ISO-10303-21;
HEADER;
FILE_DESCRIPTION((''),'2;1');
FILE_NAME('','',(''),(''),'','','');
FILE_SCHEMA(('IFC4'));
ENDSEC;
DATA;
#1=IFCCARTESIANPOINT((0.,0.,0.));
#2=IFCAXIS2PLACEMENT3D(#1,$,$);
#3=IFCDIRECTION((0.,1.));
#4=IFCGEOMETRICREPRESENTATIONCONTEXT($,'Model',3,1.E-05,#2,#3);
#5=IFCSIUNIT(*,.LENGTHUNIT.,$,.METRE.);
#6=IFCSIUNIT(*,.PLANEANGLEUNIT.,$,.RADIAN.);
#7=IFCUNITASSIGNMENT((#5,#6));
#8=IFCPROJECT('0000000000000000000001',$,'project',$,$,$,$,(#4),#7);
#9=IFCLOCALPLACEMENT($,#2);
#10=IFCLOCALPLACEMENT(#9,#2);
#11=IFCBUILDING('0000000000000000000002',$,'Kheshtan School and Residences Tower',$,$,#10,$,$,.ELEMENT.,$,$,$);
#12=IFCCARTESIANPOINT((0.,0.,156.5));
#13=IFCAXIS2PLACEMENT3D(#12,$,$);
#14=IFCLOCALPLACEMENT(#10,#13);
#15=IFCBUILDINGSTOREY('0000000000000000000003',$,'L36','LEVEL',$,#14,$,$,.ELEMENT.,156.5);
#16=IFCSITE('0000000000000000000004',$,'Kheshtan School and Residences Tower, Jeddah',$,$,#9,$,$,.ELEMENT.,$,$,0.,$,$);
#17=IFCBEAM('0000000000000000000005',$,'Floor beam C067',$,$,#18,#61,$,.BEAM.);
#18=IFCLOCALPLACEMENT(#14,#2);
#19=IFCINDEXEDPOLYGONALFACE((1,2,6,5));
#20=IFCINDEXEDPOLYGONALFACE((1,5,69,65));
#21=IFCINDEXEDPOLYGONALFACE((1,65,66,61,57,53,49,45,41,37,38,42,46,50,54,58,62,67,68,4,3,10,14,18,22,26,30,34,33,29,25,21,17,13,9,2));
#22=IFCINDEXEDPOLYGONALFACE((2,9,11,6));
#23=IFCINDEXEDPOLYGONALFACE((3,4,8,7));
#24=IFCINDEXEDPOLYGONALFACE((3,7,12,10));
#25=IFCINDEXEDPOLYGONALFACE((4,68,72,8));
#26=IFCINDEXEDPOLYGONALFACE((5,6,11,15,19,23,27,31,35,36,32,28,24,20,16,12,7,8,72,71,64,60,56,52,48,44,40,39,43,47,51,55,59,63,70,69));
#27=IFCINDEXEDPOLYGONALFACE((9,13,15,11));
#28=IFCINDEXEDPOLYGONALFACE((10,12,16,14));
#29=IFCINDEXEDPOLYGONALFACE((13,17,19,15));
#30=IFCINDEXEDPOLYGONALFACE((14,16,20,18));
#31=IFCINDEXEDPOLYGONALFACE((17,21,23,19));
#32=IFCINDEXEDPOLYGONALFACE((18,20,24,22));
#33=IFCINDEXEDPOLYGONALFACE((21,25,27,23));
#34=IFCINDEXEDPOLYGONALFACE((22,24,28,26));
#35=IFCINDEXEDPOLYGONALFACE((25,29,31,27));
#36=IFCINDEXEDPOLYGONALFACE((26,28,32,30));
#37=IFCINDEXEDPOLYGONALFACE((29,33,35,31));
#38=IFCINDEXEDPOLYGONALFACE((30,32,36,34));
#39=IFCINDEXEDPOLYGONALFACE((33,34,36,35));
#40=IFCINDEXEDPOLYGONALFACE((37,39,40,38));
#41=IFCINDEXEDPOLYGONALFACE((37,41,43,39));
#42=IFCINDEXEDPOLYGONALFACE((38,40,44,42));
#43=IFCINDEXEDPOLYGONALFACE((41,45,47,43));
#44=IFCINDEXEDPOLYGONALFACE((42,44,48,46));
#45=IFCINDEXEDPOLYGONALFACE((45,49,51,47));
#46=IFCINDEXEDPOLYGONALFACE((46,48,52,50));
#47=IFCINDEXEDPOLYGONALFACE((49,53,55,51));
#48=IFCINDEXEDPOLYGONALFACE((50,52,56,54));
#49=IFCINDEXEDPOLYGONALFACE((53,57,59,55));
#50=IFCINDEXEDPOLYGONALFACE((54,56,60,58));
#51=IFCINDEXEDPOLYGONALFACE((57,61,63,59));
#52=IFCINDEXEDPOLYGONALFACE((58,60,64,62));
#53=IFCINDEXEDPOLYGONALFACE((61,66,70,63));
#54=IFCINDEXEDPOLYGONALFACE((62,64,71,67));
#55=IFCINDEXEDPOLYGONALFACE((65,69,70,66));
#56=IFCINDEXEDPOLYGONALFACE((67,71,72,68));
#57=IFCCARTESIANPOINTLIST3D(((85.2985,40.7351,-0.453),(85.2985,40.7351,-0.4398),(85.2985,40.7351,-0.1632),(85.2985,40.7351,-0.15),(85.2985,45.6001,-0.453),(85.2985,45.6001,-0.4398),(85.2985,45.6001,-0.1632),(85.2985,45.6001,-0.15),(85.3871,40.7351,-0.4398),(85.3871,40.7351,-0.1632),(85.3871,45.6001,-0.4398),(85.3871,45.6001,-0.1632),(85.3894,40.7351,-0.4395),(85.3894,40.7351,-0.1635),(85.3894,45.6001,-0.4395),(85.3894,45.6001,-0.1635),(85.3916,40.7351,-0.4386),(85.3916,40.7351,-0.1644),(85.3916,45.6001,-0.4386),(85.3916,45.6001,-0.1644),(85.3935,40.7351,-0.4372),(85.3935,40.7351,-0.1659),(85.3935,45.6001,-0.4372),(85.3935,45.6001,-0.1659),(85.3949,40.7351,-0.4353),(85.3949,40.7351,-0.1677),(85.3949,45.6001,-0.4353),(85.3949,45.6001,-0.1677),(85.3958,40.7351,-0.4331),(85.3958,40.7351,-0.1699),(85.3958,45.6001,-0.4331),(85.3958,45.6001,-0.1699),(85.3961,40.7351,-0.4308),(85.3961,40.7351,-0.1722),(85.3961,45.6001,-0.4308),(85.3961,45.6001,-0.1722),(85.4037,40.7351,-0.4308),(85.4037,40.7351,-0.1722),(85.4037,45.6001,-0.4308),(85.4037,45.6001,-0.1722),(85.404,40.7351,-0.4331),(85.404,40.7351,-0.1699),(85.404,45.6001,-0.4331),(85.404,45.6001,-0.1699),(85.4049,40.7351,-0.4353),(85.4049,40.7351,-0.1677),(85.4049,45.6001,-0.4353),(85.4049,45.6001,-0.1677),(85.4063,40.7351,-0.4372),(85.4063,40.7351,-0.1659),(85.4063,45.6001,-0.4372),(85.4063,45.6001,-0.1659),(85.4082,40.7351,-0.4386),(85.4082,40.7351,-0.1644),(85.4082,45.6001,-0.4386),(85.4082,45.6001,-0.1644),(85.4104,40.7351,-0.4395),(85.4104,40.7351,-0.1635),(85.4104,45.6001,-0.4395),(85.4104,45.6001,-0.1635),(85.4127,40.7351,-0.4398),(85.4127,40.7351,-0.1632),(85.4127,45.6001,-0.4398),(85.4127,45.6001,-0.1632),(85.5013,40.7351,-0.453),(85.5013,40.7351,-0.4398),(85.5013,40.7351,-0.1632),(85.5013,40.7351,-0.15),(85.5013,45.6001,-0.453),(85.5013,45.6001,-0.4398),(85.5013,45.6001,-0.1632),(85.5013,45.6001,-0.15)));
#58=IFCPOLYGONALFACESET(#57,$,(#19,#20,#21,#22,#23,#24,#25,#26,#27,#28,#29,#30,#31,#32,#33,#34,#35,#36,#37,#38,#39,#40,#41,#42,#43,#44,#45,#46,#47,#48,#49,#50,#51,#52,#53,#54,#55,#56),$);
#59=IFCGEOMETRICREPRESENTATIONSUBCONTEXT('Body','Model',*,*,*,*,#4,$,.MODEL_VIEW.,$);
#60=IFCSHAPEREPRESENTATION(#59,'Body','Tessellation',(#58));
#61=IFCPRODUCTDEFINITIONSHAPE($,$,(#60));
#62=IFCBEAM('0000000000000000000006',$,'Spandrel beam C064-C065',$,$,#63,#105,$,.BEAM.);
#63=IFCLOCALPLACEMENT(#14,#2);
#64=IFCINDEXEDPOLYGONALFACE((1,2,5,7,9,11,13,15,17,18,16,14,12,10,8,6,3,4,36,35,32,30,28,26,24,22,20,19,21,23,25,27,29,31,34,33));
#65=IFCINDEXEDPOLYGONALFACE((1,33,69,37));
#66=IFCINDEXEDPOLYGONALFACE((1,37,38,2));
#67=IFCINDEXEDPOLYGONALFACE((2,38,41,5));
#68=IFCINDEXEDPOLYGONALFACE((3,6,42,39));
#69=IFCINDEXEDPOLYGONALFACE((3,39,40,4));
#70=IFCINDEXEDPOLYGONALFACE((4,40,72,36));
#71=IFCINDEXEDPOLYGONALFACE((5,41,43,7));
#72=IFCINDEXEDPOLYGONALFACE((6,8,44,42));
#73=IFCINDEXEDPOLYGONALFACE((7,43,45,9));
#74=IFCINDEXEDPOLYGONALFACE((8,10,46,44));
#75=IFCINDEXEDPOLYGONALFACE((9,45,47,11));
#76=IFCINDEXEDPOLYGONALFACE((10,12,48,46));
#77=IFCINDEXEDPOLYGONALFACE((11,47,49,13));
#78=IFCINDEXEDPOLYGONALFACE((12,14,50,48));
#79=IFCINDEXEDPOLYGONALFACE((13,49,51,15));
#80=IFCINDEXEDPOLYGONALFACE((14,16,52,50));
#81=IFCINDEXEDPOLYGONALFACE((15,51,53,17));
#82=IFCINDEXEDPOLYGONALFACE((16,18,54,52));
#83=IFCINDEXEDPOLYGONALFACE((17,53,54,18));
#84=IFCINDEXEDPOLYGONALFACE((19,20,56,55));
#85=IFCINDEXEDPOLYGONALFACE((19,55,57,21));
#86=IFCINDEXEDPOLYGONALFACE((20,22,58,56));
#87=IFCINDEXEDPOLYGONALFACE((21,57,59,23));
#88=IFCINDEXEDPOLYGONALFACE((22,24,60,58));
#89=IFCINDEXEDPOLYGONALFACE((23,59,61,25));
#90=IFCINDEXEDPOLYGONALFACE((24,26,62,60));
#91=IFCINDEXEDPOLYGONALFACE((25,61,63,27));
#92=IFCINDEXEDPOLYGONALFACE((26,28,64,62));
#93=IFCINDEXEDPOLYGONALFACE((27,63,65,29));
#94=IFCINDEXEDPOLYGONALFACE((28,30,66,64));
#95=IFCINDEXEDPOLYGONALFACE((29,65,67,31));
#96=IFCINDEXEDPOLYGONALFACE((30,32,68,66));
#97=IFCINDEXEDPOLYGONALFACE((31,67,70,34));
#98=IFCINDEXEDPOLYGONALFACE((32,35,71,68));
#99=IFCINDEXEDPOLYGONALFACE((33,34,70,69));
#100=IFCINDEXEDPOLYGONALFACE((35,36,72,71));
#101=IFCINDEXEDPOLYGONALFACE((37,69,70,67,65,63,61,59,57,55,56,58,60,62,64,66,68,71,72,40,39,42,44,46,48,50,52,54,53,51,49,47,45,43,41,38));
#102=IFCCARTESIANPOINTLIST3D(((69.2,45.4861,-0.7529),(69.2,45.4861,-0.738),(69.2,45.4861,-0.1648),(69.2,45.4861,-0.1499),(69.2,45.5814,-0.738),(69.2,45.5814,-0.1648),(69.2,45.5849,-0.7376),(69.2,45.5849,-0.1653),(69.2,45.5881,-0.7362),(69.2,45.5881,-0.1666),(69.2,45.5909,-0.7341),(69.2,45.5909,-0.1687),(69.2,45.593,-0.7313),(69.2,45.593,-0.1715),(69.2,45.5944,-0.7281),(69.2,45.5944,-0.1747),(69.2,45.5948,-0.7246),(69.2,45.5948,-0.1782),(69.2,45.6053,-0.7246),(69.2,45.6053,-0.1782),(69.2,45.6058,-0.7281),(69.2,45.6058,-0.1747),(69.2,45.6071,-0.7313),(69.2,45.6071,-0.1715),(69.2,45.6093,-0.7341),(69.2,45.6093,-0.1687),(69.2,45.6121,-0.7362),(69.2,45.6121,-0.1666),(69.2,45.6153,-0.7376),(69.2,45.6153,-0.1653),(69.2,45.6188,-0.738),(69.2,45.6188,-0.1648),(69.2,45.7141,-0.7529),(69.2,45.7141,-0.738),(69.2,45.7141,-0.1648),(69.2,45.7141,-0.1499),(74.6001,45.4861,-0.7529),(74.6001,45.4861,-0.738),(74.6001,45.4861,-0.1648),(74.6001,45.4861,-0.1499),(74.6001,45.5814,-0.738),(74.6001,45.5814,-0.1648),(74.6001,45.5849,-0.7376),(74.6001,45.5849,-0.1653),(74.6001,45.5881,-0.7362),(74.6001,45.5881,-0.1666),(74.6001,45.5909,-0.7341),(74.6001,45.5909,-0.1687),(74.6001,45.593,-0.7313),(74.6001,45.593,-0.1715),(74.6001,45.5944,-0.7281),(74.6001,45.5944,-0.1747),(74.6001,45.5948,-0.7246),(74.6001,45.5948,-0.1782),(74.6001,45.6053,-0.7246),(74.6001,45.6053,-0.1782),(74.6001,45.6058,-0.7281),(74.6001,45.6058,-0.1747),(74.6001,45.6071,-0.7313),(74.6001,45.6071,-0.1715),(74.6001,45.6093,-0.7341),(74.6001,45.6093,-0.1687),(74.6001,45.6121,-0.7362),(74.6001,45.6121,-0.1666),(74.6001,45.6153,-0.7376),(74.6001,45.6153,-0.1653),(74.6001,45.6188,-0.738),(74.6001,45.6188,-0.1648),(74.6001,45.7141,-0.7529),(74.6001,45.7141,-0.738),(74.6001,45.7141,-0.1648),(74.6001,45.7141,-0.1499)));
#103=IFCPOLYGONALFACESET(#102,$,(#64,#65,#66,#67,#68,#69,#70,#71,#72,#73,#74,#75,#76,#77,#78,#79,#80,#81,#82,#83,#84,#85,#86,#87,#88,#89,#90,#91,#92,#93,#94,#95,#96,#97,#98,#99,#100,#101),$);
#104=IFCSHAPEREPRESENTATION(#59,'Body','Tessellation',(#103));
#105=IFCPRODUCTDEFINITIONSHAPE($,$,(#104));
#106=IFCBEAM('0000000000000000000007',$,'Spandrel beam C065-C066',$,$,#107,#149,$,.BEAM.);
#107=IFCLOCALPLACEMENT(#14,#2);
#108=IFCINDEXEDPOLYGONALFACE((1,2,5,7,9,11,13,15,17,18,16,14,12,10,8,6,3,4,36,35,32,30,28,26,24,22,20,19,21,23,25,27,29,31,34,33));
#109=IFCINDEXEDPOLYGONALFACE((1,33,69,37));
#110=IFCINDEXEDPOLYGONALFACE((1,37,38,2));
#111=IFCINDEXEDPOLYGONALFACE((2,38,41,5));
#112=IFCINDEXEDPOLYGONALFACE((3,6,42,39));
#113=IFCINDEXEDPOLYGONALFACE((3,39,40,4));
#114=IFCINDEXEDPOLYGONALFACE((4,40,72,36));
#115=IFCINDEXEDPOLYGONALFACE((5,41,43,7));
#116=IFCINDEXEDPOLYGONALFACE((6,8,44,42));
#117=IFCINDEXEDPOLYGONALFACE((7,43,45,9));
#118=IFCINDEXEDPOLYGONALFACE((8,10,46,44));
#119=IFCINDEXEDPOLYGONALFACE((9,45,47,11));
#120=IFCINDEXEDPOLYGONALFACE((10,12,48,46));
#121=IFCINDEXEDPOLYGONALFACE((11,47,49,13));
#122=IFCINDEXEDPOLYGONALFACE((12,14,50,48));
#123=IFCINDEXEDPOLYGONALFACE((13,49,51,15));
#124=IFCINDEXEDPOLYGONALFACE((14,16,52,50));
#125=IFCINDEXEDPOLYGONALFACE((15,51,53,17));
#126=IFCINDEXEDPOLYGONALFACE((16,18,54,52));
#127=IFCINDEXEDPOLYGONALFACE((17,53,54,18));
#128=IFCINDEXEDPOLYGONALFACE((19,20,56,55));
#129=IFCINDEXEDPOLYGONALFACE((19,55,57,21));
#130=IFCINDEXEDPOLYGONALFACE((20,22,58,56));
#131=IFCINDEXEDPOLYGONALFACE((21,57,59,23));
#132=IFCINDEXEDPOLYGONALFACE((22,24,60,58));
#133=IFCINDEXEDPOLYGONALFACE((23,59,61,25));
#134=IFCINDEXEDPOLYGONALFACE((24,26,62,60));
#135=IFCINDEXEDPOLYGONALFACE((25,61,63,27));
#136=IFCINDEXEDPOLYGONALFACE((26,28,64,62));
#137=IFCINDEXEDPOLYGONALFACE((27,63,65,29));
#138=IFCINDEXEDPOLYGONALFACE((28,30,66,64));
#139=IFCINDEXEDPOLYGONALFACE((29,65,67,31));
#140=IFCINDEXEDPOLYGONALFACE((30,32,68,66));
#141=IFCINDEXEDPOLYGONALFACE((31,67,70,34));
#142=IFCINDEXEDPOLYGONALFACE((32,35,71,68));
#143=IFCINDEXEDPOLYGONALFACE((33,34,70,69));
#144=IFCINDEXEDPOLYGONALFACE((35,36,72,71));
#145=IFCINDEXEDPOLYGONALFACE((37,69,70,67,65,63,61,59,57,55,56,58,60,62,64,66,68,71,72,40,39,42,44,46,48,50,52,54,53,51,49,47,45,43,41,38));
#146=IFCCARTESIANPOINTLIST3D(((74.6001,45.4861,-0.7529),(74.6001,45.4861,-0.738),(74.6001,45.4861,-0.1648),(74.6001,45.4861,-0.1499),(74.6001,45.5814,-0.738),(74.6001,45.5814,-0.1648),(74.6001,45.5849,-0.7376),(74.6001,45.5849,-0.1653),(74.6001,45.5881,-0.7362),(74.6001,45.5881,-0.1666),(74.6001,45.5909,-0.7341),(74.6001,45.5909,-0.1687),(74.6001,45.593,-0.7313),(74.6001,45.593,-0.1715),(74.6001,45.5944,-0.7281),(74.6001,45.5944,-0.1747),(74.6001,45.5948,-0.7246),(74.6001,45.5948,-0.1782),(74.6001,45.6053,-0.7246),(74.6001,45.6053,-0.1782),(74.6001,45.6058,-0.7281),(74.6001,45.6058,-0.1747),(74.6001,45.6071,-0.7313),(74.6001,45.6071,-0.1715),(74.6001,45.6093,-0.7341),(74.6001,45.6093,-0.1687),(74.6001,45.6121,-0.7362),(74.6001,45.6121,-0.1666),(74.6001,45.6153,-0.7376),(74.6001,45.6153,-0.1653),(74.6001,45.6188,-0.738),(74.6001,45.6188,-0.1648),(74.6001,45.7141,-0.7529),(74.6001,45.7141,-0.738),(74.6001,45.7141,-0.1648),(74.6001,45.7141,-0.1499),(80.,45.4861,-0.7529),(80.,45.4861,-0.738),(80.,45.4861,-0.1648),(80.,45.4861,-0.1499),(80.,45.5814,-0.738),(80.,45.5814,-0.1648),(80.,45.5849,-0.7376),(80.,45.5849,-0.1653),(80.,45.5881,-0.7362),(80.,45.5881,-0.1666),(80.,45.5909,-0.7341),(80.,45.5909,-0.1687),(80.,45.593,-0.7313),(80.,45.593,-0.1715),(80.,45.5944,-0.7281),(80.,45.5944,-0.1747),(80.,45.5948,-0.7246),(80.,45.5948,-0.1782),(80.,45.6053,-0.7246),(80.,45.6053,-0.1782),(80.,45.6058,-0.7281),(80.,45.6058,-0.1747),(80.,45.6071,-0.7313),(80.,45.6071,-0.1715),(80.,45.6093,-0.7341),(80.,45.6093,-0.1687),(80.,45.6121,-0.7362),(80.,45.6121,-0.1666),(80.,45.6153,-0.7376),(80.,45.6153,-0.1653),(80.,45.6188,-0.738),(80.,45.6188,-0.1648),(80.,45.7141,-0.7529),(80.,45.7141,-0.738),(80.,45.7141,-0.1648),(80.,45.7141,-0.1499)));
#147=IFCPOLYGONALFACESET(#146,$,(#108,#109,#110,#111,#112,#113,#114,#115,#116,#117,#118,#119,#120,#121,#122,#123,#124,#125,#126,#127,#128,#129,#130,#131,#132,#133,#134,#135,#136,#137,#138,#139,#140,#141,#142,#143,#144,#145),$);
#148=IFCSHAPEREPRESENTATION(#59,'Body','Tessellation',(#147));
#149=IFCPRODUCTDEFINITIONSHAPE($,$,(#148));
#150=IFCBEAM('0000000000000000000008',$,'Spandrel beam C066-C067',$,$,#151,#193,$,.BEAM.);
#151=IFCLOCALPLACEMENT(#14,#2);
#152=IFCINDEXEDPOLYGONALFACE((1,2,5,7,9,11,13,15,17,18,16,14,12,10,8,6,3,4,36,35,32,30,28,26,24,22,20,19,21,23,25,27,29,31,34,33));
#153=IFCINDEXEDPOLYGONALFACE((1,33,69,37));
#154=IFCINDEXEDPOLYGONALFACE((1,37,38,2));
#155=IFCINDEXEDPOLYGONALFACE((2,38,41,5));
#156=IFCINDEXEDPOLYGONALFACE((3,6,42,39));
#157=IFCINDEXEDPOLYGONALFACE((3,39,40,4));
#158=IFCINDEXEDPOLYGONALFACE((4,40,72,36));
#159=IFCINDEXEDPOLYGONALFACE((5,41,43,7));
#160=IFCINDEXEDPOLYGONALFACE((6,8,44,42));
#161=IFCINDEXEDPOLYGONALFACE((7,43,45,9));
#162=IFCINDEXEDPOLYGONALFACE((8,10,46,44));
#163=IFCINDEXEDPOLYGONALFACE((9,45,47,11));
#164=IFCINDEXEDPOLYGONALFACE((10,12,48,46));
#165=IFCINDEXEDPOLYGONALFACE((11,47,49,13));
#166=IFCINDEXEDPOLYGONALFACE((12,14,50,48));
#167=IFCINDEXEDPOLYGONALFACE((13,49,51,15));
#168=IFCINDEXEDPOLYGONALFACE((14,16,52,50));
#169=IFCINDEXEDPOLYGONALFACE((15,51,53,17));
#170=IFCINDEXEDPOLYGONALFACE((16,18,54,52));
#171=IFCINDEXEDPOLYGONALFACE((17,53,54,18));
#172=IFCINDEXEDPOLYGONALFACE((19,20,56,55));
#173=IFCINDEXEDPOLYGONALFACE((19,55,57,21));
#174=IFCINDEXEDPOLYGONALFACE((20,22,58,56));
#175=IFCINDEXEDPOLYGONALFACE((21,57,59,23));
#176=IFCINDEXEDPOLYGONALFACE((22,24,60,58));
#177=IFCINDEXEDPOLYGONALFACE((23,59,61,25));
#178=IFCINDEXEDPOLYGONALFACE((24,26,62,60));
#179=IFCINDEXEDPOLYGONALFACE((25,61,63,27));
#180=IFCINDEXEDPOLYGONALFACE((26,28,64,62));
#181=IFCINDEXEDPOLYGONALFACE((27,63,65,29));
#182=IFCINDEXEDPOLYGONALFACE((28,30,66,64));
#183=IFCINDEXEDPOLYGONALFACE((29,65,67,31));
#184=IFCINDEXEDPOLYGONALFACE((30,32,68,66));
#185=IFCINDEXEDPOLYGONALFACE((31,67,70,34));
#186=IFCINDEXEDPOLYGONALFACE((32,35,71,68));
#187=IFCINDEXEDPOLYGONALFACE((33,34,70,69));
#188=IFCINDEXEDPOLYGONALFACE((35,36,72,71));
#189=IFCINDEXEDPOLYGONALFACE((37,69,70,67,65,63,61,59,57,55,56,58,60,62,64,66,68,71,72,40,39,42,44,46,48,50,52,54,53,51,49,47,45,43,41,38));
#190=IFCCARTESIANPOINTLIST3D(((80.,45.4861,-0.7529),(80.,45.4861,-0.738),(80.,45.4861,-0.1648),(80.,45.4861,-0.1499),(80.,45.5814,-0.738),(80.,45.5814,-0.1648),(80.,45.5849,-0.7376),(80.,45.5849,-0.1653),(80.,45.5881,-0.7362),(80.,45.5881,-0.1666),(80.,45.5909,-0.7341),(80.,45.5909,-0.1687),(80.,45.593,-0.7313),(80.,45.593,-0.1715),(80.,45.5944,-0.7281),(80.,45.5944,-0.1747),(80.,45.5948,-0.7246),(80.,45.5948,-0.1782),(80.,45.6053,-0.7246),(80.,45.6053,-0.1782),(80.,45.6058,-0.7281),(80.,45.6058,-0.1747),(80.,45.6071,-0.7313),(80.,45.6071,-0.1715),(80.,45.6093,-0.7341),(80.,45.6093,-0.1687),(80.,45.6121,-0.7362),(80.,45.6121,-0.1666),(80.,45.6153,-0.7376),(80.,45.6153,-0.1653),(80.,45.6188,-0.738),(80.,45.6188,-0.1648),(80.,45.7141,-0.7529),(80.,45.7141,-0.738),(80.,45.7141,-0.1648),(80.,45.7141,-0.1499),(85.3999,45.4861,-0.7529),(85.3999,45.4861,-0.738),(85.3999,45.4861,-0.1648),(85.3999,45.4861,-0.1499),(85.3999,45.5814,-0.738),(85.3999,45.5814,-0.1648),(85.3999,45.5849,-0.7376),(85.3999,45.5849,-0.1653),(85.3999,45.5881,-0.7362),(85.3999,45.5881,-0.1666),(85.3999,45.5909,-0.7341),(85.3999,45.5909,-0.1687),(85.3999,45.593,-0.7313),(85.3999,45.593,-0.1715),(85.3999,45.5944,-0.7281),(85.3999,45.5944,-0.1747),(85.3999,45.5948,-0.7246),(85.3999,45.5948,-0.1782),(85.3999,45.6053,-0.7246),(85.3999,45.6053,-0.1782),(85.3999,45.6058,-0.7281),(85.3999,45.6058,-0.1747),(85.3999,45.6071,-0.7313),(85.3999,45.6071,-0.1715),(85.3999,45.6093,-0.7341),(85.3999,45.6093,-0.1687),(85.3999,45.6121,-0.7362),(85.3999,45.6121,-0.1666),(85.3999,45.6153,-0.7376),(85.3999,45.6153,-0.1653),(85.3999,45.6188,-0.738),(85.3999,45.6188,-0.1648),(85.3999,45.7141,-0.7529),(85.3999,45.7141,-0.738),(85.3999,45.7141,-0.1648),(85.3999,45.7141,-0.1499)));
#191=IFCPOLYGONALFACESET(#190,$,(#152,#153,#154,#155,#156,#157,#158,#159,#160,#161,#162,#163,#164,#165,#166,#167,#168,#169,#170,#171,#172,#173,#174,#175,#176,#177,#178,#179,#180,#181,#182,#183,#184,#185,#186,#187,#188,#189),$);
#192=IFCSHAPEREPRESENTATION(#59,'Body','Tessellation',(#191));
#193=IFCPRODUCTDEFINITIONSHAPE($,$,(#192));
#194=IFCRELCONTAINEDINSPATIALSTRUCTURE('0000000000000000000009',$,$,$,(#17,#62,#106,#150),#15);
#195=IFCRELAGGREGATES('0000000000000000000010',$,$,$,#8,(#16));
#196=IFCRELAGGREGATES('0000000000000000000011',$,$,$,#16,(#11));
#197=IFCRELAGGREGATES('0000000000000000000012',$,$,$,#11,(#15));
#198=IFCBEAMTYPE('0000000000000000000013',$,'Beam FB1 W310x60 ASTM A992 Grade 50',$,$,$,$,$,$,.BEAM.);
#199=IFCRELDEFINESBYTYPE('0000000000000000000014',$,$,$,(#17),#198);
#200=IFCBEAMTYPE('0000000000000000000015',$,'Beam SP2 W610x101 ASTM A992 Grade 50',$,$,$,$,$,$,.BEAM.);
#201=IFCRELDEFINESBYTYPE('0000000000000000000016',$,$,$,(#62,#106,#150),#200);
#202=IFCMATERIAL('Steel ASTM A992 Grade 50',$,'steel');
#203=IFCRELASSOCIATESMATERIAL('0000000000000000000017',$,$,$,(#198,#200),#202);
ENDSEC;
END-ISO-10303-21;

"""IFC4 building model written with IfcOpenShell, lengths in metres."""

from ifc_helpers import new_model, si_unit, direction, frame, origin, origin_2d, place, context, subcontext, project, spatial, i_section, extrude, material, material_profile, profile_set, type_object, element, save


model = new_model("IFC4")

# Units and contexts
model_context = context("Model", 3, precision=1e-05, world=origin(), true_north=direction((0.0, 1.0)))
body_context = subcontext(model_context, "Body", "Model", "MODEL_VIEW")
ifc_project = project(units=[si_unit("LENGTHUNIT", "METRE"), si_unit("PLANEANGLEUNIT", "RADIAN")], contexts=[model_context])

# Site, building, storey
site_placement = place(None, origin())
site = spatial("IfcSite", under=ifc_project, at=site_placement, Name="Kheshtan School and Residences Tower, Jeddah", CompositionType="ELEMENT", RefElevation=0.0)
building_placement = place(site_placement, origin())
building = spatial("IfcBuilding", under=site, at=building_placement, Name="Kheshtan School and Residences Tower", CompositionType="ELEMENT")
storey_placement = place(building_placement, frame((0.0, 0.0, 156.5)))
storey = spatial("IfcBuildingStorey", under=building, at=storey_placement, Name="L36", Description="LEVEL", CompositionType="ELEMENT", Elevation=156.5)

# Shared definitions
ifc_material_1 = material(Name="Steel ASTM A992 Grade 50", Category="steel")

# Beams
ifc_material_profile_1 = material_profile(ifc_material_1, i_section(OverallWidth=0.2029, OverallDepth=0.303, WebThickness=0.0076, FlangeThickness=0.0132, FilletRadius=0.009, at=origin_2d()), Name="W310x60")
ifc_profile_set_1 = profile_set([ifc_material_profile_1], Name="Steel ASTM A992 Grade 50")
beam_type_1 = type_object("IfcBeamType", Name="Beam FB1 W310x60 ASTM A992 Grade 50", PredefinedType="BEAM", material=ifc_profile_set_1)
beam_1_placement = place(storey_placement, frame((85.3999, 45.6001, -0.3015), z_axis=(0.0, -1.0, 0.0), x_axis=(1.0, 0.0, 0.0)))
element("IfcBeam", 1, at=beam_1_placement, inside=storey, type_object=beam_type_1, Name="Floor beam C067", PredefinedType="BEAM", context=body_context, shape_type="SweptSolid", body=[
    extrude(i_section(OverallWidth=0.2029, OverallDepth=0.303, WebThickness=0.0076, FlangeThickness=0.0132, FilletRadius=0.009, at=origin_2d()), origin(), (0.0, 0.0, 1.0), 4.865),
])
ifc_material_profile_2 = material_profile(ifc_material_1, i_section(OverallWidth=0.228, OverallDepth=0.603, WebThickness=0.0105, FlangeThickness=0.0149, FilletRadius=0.0134, at=origin_2d()), Name="W610x101")
ifc_profile_set_2 = profile_set([ifc_material_profile_2], Name="Steel ASTM A992 Grade 50")
beam_type_2 = type_object("IfcBeamType", Name="Beam SP2 W610x101 ASTM A992 Grade 50", PredefinedType="BEAM", material=ifc_profile_set_2)
beam_2_placement = place(storey_placement, frame((69.2, 45.6001, -0.4514), z_axis=(1.0, 0.0, 0.0), x_axis=(0.0, 1.0, 0.0)))
element("IfcBeam", 2, at=beam_2_placement, inside=storey, type_object=beam_type_2, Name="Spandrel beam C064-C065", PredefinedType="BEAM", context=body_context, shape_type="SweptSolid", body=[
    extrude(i_section(OverallWidth=0.228, OverallDepth=0.603, WebThickness=0.0105, FlangeThickness=0.0149, FilletRadius=0.0134, at=origin_2d()), origin(), (0.0, 0.0, 1.0), 5.4001),
])
for number, where, z_axis, x_axis, name in (
    (3, (74.6001, 45.6001, -0.4514), (1.0, 0.0, 0.0), (0.0, 1.0, 0.0), "Spandrel beam C065-C066"),
    (4, (80.0, 45.6001, -0.4514), (1.0, 0.0, 0.0), (0.0, 1.0, 0.0), "Spandrel beam C066-C067"),
):
    element("IfcBeam", number, at=place(storey_placement, frame(where, z_axis=z_axis, x_axis=x_axis)), inside=storey, type_object=beam_type_2, Name=name, PredefinedType="BEAM", context=body_context, shape_type="SweptSolid", body=[
        extrude(i_section(OverallWidth=0.228, OverallDepth=0.603, WebThickness=0.0105, FlangeThickness=0.0149, FilletRadius=0.0134, at=origin_2d()), origin(), (0.0, 0.0, 1.0), 5.3999),
    ])

save(model, "model.ifc")
